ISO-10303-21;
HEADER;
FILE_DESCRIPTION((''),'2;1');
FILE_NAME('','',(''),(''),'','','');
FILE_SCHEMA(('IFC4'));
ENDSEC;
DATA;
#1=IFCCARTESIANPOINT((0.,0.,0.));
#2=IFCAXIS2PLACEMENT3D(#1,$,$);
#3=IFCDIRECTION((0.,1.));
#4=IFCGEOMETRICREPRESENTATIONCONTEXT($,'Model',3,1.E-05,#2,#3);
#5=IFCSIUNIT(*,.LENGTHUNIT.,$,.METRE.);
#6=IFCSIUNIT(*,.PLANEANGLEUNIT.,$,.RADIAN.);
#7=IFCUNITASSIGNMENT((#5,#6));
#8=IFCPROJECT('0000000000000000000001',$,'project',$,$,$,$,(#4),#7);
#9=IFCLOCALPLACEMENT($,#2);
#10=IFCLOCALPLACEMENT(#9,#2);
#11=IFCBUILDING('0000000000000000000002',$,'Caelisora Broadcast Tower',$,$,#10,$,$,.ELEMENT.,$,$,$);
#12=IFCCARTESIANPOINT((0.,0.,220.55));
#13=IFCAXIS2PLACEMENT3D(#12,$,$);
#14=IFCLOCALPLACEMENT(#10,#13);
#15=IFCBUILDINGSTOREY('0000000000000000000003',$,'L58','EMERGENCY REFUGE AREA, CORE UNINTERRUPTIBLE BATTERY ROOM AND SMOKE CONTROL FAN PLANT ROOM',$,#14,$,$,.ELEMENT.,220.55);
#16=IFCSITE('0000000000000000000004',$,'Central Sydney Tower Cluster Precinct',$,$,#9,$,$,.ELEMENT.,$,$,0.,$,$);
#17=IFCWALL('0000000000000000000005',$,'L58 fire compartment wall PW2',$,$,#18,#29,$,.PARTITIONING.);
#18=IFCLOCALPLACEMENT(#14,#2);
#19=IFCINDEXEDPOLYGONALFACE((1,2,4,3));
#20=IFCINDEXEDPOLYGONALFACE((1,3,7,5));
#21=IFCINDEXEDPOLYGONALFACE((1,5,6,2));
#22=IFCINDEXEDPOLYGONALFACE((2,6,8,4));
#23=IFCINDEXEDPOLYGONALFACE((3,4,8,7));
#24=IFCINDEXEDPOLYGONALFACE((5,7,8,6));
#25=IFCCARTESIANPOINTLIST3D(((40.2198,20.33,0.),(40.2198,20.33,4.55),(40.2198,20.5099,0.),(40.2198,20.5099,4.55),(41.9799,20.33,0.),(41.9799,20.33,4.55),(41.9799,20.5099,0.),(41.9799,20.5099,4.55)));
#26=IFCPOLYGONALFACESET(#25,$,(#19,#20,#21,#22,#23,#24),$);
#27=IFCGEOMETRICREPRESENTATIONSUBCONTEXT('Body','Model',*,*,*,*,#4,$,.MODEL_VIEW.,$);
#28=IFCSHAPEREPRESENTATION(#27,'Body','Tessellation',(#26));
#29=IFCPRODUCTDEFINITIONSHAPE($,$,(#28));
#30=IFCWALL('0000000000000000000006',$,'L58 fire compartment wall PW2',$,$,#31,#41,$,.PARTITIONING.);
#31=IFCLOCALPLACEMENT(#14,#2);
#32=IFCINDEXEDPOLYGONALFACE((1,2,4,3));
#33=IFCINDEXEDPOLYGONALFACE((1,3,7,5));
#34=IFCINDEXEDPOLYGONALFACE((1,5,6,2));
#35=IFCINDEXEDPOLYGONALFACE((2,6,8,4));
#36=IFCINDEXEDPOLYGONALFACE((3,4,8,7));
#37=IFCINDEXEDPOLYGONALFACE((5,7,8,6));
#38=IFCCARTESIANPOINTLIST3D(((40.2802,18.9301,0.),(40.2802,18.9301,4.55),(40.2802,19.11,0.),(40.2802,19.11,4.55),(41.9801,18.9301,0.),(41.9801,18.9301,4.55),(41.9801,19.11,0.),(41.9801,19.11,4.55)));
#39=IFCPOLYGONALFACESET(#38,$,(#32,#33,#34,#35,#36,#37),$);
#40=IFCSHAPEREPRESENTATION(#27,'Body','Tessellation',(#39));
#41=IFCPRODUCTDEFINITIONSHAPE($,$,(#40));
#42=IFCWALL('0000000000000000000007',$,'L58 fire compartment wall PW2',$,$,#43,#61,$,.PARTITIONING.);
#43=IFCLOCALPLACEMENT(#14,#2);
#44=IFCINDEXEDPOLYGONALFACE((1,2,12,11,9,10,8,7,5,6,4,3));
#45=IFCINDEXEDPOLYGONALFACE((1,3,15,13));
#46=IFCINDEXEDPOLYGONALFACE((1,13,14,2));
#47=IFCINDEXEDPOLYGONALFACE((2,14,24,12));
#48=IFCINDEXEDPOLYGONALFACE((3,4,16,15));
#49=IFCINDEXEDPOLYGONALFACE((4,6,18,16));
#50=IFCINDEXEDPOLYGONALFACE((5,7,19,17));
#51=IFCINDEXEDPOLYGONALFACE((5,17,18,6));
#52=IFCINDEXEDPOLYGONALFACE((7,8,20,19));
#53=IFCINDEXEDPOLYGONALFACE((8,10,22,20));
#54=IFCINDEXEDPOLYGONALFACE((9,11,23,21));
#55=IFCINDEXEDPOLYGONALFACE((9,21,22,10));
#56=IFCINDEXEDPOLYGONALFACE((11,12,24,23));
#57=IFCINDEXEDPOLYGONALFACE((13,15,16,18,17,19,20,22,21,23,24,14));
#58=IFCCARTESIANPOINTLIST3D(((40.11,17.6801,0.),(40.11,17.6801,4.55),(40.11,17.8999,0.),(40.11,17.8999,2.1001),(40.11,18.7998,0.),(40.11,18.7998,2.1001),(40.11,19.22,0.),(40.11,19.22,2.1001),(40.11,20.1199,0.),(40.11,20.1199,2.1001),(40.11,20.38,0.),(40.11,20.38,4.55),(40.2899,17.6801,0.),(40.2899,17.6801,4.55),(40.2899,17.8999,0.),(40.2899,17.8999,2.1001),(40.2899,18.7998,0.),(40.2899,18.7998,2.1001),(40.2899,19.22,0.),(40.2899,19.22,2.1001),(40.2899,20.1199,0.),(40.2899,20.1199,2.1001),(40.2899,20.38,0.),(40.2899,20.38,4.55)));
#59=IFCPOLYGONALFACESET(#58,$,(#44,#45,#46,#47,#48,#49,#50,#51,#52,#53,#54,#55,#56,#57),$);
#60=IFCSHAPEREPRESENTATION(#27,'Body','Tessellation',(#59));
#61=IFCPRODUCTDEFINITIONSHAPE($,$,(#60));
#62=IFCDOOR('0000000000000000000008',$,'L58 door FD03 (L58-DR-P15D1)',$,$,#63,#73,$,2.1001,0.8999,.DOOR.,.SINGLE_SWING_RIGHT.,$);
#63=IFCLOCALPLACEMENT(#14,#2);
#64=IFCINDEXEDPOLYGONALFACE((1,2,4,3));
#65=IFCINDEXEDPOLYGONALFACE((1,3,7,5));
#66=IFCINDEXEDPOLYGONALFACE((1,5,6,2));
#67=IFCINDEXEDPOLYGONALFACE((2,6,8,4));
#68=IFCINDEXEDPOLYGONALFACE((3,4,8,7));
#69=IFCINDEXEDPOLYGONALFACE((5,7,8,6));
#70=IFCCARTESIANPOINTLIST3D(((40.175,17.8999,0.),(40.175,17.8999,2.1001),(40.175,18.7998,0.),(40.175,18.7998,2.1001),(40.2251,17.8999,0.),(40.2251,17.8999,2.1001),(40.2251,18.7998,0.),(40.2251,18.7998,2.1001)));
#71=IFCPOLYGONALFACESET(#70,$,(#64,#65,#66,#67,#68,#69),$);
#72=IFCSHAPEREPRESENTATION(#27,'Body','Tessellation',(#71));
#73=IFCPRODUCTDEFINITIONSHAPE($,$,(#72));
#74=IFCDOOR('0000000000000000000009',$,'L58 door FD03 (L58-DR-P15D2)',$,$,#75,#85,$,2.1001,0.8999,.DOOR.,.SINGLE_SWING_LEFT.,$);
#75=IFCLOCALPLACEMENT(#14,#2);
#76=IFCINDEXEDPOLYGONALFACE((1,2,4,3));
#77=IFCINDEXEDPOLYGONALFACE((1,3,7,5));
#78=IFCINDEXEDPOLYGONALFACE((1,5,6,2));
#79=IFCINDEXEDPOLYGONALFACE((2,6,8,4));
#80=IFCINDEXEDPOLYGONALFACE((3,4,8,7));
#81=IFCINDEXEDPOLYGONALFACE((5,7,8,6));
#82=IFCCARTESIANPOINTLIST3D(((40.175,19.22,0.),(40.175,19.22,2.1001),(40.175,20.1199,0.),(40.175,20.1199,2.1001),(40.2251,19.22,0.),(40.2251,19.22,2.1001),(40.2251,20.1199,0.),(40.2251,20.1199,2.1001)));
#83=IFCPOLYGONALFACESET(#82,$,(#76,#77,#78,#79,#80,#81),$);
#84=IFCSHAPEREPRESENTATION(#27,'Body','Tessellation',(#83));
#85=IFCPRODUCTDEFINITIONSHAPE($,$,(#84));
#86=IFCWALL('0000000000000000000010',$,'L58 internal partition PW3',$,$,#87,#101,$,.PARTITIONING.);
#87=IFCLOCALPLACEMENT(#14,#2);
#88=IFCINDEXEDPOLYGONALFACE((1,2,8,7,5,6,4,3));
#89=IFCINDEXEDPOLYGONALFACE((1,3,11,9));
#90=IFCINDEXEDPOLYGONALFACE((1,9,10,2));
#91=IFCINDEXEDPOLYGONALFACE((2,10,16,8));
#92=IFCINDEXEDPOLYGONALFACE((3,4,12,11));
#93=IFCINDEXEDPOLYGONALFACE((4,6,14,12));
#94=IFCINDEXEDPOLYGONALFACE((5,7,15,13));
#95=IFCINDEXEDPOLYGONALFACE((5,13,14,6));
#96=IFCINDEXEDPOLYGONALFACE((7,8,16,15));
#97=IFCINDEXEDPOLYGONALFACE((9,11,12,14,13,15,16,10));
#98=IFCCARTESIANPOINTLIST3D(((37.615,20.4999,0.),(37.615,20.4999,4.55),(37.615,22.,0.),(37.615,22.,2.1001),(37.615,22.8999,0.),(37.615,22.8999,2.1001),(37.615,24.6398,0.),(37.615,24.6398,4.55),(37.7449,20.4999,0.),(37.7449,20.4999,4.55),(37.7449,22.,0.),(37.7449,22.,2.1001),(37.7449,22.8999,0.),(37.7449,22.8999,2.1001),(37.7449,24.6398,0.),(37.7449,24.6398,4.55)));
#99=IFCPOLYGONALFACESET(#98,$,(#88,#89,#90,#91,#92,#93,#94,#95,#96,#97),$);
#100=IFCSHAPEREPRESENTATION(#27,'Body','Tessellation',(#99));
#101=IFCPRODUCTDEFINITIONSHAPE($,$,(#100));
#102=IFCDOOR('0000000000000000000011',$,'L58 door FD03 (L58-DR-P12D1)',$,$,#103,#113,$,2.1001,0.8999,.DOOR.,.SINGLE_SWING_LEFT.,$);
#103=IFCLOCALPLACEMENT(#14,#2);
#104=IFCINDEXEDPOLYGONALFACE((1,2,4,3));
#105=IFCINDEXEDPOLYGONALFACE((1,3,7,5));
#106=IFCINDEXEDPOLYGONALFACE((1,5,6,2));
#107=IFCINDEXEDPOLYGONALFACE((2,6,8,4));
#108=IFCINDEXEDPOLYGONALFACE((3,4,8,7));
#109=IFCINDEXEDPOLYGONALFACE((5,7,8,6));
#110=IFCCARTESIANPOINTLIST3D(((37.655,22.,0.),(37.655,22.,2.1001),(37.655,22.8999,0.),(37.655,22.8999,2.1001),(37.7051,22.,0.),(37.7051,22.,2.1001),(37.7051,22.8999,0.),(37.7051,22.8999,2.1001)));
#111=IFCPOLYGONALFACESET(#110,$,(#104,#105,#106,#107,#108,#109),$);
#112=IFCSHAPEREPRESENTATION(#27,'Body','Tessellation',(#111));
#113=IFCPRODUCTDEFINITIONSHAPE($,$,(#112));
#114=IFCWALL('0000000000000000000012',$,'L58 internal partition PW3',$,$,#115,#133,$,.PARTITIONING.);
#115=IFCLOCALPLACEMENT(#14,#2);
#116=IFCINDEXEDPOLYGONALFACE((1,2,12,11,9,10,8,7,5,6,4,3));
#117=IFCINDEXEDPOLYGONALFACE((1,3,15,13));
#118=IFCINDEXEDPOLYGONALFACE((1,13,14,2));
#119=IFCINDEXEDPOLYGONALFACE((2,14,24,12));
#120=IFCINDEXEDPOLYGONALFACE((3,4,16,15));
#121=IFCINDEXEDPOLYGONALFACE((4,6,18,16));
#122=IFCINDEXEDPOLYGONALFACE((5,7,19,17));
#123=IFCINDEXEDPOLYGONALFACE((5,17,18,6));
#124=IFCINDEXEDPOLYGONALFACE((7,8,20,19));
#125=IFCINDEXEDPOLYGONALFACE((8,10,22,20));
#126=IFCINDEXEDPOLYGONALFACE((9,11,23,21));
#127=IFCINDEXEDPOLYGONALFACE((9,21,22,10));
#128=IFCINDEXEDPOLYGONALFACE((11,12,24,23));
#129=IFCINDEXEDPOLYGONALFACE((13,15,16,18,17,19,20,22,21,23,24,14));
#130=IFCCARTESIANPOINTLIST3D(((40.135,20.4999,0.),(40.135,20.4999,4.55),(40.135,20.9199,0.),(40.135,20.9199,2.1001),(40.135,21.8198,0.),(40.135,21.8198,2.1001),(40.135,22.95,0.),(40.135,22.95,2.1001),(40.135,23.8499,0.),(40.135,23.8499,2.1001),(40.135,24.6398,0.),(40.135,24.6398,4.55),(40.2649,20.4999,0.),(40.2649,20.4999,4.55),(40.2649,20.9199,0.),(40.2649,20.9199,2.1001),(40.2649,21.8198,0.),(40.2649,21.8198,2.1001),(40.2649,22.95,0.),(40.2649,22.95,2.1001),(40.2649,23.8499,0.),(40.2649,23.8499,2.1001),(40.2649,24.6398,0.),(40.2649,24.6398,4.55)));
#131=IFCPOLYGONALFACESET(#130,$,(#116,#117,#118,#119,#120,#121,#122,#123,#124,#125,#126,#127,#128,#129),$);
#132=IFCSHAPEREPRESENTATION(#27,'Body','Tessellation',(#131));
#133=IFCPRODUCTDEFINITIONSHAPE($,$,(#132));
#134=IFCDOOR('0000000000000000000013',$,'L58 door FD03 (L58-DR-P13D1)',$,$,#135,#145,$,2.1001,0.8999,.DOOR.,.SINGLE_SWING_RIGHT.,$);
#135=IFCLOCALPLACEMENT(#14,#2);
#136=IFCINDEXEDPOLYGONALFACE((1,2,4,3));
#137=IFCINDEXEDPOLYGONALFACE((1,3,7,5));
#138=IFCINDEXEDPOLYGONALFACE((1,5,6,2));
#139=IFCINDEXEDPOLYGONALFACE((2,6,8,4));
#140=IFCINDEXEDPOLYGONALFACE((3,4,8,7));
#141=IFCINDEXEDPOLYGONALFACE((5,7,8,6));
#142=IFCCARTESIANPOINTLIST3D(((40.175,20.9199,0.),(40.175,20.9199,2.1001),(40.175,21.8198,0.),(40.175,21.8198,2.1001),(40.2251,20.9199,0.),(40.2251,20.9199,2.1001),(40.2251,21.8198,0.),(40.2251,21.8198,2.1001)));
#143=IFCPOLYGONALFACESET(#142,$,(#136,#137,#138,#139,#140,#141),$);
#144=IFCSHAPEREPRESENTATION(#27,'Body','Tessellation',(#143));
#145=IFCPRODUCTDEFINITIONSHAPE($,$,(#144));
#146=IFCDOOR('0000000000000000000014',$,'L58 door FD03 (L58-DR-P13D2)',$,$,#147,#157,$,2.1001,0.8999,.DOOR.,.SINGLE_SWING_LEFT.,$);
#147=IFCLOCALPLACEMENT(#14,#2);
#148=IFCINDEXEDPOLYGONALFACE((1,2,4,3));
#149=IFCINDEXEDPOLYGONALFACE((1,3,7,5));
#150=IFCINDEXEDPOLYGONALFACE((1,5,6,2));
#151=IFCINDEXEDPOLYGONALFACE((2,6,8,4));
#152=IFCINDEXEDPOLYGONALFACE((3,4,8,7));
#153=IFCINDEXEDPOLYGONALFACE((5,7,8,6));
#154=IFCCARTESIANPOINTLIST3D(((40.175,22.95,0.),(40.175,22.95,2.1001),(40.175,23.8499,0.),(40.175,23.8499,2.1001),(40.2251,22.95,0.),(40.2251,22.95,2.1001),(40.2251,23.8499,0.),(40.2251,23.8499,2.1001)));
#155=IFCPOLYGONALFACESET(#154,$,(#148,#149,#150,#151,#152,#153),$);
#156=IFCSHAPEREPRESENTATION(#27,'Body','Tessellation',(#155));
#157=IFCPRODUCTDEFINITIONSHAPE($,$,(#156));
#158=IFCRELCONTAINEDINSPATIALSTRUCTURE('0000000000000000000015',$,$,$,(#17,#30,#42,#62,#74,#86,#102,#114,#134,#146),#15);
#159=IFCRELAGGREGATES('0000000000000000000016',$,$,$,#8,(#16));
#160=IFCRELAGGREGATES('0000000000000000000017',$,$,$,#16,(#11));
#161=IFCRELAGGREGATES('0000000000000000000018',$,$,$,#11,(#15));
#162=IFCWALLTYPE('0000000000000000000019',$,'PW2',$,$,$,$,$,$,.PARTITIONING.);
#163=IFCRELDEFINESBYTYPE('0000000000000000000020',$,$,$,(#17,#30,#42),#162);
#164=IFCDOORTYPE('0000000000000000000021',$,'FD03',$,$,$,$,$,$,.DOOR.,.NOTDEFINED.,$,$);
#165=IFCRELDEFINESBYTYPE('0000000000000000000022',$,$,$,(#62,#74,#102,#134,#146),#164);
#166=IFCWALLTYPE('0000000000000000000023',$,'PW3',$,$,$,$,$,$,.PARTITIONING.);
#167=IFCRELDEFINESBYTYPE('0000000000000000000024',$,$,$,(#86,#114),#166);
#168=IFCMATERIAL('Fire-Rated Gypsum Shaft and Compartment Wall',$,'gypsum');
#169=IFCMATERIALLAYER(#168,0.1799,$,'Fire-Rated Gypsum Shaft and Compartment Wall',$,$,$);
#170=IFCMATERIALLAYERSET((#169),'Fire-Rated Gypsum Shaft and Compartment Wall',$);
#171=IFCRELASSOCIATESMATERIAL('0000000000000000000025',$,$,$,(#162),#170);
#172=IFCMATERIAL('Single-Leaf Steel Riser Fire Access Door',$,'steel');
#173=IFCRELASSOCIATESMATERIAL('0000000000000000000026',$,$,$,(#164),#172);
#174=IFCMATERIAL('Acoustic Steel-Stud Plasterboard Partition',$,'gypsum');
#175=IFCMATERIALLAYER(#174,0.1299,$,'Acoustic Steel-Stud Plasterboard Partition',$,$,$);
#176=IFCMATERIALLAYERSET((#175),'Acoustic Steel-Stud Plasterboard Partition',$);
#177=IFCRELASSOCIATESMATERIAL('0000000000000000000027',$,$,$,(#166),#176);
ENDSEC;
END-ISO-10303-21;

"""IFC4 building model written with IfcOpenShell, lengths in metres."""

from ifc_helpers import new_model, si_unit, direction, frame, frame_2d, origin, place, context, subcontext, project, spatial, rectangle, extrude, material, layer, layer_set, type_object, element, fill, save


model = new_model("IFC4")

# Units and contexts
model_context = context("Model", 3, precision=1e-05, world=origin(), true_north=direction((0.0, 1.0)))
body_context = subcontext(model_context, "Body", "Model", "MODEL_VIEW")
ifc_project = project(units=[si_unit("LENGTHUNIT", "METRE"), si_unit("PLANEANGLEUNIT", "RADIAN")], contexts=[model_context])

# Site, building, storey
site_placement = place(None, origin())
site = spatial("IfcSite", under=ifc_project, at=site_placement, Name="Central Sydney Tower Cluster Precinct", CompositionType="ELEMENT", RefElevation=0.0)
building_placement = place(site_placement, origin())
building = spatial("IfcBuilding", under=site, at=building_placement, Name="Caelisora Broadcast Tower", CompositionType="ELEMENT")
storey_placement = place(building_placement, frame((0.0, 0.0, 220.55)))
storey = spatial("IfcBuildingStorey", under=building, at=storey_placement, Name="L58", Description="EMERGENCY REFUGE AREA, CORE UNINTERRUPTIBLE BATTERY ROOM AND SMOKE CONTROL FAN PLANT ROOM", CompositionType="ELEMENT", Elevation=220.55)

# Walls
ifc_material_1 = material(Name="Fire-Rated Gypsum Shaft and Compartment Wall", Category="gypsum")
ifc_layer_1 = layer(ifc_material_1, 0.1799, Name="Fire-Rated Gypsum Shaft and Compartment Wall")
ifc_layer_set_1 = layer_set([ifc_layer_1], Name="Fire-Rated Gypsum Shaft and Compartment Wall")
wall_type_1 = type_object("IfcWallType", Name="PW2", PredefinedType="PARTITIONING", material=ifc_layer_set_1)
wall_1_placement = place(storey_placement, frame((40.22, 20.4199, 0.0), z_axis=(0.0, 0.0, 1.0), x_axis=(1.0, 0.0, 0.0)))
element("IfcWall", 1, at=wall_1_placement, inside=storey, type_object=wall_type_1, Name="L58 fire compartment wall PW2", PredefinedType="PARTITIONING", context=body_context, shape_type="SweptSolid", body=[
    extrude(rectangle(XDim=1.76, YDim=0.1799, at=frame_2d((0.8799, 0.0))), origin(), (0.0, 0.0, 1.0), 4.55),
])
wall_2_placement = place(storey_placement, frame((40.28, 19.02, 0.0), z_axis=(0.0, 0.0, 1.0), x_axis=(1.0, 0.0, 0.0)))
element("IfcWall", 2, at=wall_2_placement, inside=storey, type_object=wall_type_1, Name="L58 fire compartment wall PW2", PredefinedType="PARTITIONING", context=body_context, shape_type="SweptSolid", body=[
    extrude(rectangle(XDim=1.7, YDim=0.1799, at=frame_2d((0.8501, 0.0))), origin(), (0.0, 0.0, 1.0), 4.55),
])

# Wall, openings, doors
wall_3_placement = place(storey_placement, frame((40.2, 17.6799, 0.0), z_axis=(0.0, 0.0, 1.0), x_axis=(0.0, 1.0, 0.0)))
wall_3 = element("IfcWall", 3, at=wall_3_placement, inside=storey, type_object=wall_type_1, Name="L58 fire compartment wall PW2", PredefinedType="PARTITIONING", context=body_context, shape_type="SweptSolid", body=[
    extrude(rectangle(XDim=2.7, YDim=0.1799, at=frame_2d((1.3501, 0.0))), origin(), (0.0, 0.0, 1.0), 4.55),
])
opening_1_placement = place(wall_3_placement, frame((0.22, 0.0, 0.0)))
opening_1 = element("IfcOpeningElement", 4, at=opening_1_placement, cuts=wall_3, PredefinedType="OPENING", context=body_context, shape_type="SweptSolid", body=[
    extrude(rectangle(XDim=0.8999, YDim=2.1001, at=frame_2d((0.45, 1.05))), frame((0.0, 0.1021, 0.0), z_axis=(0.0, -1.0, 0.0), x_axis=(1.0, 0.0, 0.0)), (0.0, 0.0, 1.0), 0.2039),
])
opening_2_placement = place(wall_3_placement, frame((1.54, 0.0, 0.0)))
opening_2 = element("IfcOpeningElement", 5, at=opening_2_placement, cuts=wall_3, PredefinedType="OPENING", context=body_context, shape_type="SweptSolid", body=[
    extrude(rectangle(XDim=0.8999, YDim=2.1001, at=frame_2d((0.45, 1.05))), frame((0.0, 0.1021, 0.0), z_axis=(0.0, -1.0, 0.0), x_axis=(1.0, 0.0, 0.0)), (0.0, 0.0, 1.0), 0.2039),
])
ifc_material_2 = material(Name="Single-Leaf Steel Riser Fire Access Door", Category="steel")
door_type_1 = type_object("IfcDoorType", Name="FD03", OperationType="NOTDEFINED", PredefinedType="DOOR", material=ifc_material_2)
door_1_placement = place(opening_1_placement, origin())
door_1 = element("IfcDoor", 6, at=door_1_placement, inside=storey, type_object=door_type_1, Name="L58 door FD03 (L58-DR-P15D1)", OperationType="SINGLE_SWING_RIGHT", OverallHeight=2.1001, OverallWidth=0.8999, PredefinedType="DOOR", context=body_context, shape_type="SweptSolid", body=[
    extrude(rectangle(XDim=0.8999, YDim=2.1001, at=frame_2d((0.45, 1.05))), frame((0.0, 0.0249, 0.0), z_axis=(0.0, -1.0, 0.0), x_axis=(1.0, 0.0, 0.0)), (0.0, 0.0, 1.0), 0.05),
])
fill(opening_1, door_1)
door_2_placement = place(opening_2_placement, origin())
door_2 = element("IfcDoor", 7, at=door_2_placement, inside=storey, type_object=door_type_1, Name="L58 door FD03 (L58-DR-P15D2)", OperationType="SINGLE_SWING_LEFT", OverallHeight=2.1001, OverallWidth=0.8999, PredefinedType="DOOR", context=body_context, shape_type="SweptSolid", body=[
    extrude(rectangle(XDim=0.8999, YDim=2.1001, at=frame_2d((0.45, 1.05))), frame((0.0, 0.0249, 0.0), z_axis=(0.0, -1.0, 0.0), x_axis=(1.0, 0.0, 0.0)), (0.0, 0.0, 1.0), 0.05),
])
fill(opening_2, door_2)

# Wall, opening, door
ifc_material_3 = material(Name="Acoustic Steel-Stud Plasterboard Partition", Category="gypsum")
ifc_layer_2 = layer(ifc_material_3, 0.1299, Name="Acoustic Steel-Stud Plasterboard Partition")
ifc_layer_set_2 = layer_set([ifc_layer_2], Name="Acoustic Steel-Stud Plasterboard Partition")
wall_type_2 = type_object("IfcWallType", Name="PW3", PredefinedType="PARTITIONING", material=ifc_layer_set_2)
wall_4_placement = place(storey_placement, frame((37.6799, 20.5, 0.0), z_axis=(0.0, 0.0, 1.0), x_axis=(0.0, 1.0, 0.0)))
wall_4 = element("IfcWall", 8, at=wall_4_placement, inside=storey, type_object=wall_type_2, Name="L58 internal partition PW3", PredefinedType="PARTITIONING", context=body_context, shape_type="SweptSolid", body=[
    extrude(rectangle(XDim=4.1399, YDim=0.1299, at=frame_2d((2.0698, 0.0))), origin(), (0.0, 0.0, 1.0), 4.55),
])
opening_3_placement = place(wall_4_placement, frame((1.5, 0.0, 0.0)))
opening_3 = element("IfcOpeningElement", 9, at=opening_3_placement, cuts=wall_4, PredefinedType="OPENING", context=body_context, shape_type="SweptSolid", body=[
    extrude(rectangle(XDim=0.8999, YDim=2.1001, at=frame_2d((0.45, 1.05))), frame((0.0, 0.0769, 0.0), z_axis=(0.0, -1.0, 0.0), x_axis=(1.0, 0.0, 0.0)), (0.0, 0.0, 1.0), 0.1538),
])
door_3_placement = place(opening_3_placement, origin())
door_3 = element("IfcDoor", 10, at=door_3_placement, inside=storey, type_object=door_type_1, Name="L58 door FD03 (L58-DR-P12D1)", OperationType="SINGLE_SWING_LEFT", OverallHeight=2.1001, OverallWidth=0.8999, PredefinedType="DOOR", context=body_context, shape_type="SweptSolid", body=[
    extrude(rectangle(XDim=0.8999, YDim=2.1001, at=frame_2d((0.45, 1.05))), frame((0.0, 0.0249, 0.0), z_axis=(0.0, -1.0, 0.0), x_axis=(1.0, 0.0, 0.0)), (0.0, 0.0, 1.0), 0.05),
])
fill(opening_3, door_3)

# Wall, openings, doors
wall_5_placement = place(storey_placement, frame((40.2, 20.5, 0.0), z_axis=(0.0, 0.0, 1.0), x_axis=(0.0, 1.0, 0.0)))
wall_5 = element("IfcWall", 11, at=wall_5_placement, inside=storey, type_object=wall_type_2, Name="L58 internal partition PW3", PredefinedType="PARTITIONING", context=body_context, shape_type="SweptSolid", body=[
    extrude(rectangle(XDim=4.1399, YDim=0.1299, at=frame_2d((2.0698, 0.0))), origin(), (0.0, 0.0, 1.0), 4.55),
])
opening_4_placement = place(wall_5_placement, frame((0.4199, 0.0, 0.0)))
opening_4 = element("IfcOpeningElement", 12, at=opening_4_placement, cuts=wall_5, PredefinedType="OPENING", context=body_context, shape_type="SweptSolid", body=[
    extrude(rectangle(XDim=0.8999, YDim=2.1001, at=frame_2d((0.45, 1.05))), frame((0.0, 0.0769, 0.0), z_axis=(0.0, -1.0, 0.0), x_axis=(1.0, 0.0, 0.0)), (0.0, 0.0, 1.0), 0.1538),
])
opening_5_placement = place(wall_5_placement, frame((2.45, 0.0, 0.0)))
opening_5 = element("IfcOpeningElement", 13, at=opening_5_placement, cuts=wall_5, PredefinedType="OPENING", context=body_context, shape_type="SweptSolid", body=[
    extrude(rectangle(XDim=0.8999, YDim=2.1001, at=frame_2d((0.45, 1.05))), frame((0.0, 0.0769, 0.0), z_axis=(0.0, -1.0, 0.0), x_axis=(1.0, 0.0, 0.0)), (0.0, 0.0, 1.0), 0.1538),
])
door_4_placement = place(opening_4_placement, origin())
door_4 = element("IfcDoor", 14, at=door_4_placement, inside=storey, type_object=door_type_1, Name="L58 door FD03 (L58-DR-P13D1)", OperationType="SINGLE_SWING_RIGHT", OverallHeight=2.1001, OverallWidth=0.8999, PredefinedType="DOOR", context=body_context, shape_type="SweptSolid", body=[
    extrude(rectangle(XDim=0.8999, YDim=2.1001, at=frame_2d((0.45, 1.05))), frame((0.0, 0.0249, 0.0), z_axis=(0.0, -1.0, 0.0), x_axis=(1.0, 0.0, 0.0)), (0.0, 0.0, 1.0), 0.05),
])
fill(opening_4, door_4)
door_5_placement = place(opening_5_placement, origin())
door_5 = element("IfcDoor", 15, at=door_5_placement, inside=storey, type_object=door_type_1, Name="L58 door FD03 (L58-DR-P13D2)", OperationType="SINGLE_SWING_LEFT", OverallHeight=2.1001, OverallWidth=0.8999, PredefinedType="DOOR", context=body_context, shape_type="SweptSolid", body=[
    extrude(rectangle(XDim=0.8999, YDim=2.1001, at=frame_2d((0.45, 1.05))), frame((0.0, 0.0249, 0.0), z_axis=(0.0, -1.0, 0.0), x_axis=(1.0, 0.0, 0.0)), (0.0, 0.0, 1.0), 0.05),
])
fill(opening_5, door_5)

save(model, "model.ifc")
